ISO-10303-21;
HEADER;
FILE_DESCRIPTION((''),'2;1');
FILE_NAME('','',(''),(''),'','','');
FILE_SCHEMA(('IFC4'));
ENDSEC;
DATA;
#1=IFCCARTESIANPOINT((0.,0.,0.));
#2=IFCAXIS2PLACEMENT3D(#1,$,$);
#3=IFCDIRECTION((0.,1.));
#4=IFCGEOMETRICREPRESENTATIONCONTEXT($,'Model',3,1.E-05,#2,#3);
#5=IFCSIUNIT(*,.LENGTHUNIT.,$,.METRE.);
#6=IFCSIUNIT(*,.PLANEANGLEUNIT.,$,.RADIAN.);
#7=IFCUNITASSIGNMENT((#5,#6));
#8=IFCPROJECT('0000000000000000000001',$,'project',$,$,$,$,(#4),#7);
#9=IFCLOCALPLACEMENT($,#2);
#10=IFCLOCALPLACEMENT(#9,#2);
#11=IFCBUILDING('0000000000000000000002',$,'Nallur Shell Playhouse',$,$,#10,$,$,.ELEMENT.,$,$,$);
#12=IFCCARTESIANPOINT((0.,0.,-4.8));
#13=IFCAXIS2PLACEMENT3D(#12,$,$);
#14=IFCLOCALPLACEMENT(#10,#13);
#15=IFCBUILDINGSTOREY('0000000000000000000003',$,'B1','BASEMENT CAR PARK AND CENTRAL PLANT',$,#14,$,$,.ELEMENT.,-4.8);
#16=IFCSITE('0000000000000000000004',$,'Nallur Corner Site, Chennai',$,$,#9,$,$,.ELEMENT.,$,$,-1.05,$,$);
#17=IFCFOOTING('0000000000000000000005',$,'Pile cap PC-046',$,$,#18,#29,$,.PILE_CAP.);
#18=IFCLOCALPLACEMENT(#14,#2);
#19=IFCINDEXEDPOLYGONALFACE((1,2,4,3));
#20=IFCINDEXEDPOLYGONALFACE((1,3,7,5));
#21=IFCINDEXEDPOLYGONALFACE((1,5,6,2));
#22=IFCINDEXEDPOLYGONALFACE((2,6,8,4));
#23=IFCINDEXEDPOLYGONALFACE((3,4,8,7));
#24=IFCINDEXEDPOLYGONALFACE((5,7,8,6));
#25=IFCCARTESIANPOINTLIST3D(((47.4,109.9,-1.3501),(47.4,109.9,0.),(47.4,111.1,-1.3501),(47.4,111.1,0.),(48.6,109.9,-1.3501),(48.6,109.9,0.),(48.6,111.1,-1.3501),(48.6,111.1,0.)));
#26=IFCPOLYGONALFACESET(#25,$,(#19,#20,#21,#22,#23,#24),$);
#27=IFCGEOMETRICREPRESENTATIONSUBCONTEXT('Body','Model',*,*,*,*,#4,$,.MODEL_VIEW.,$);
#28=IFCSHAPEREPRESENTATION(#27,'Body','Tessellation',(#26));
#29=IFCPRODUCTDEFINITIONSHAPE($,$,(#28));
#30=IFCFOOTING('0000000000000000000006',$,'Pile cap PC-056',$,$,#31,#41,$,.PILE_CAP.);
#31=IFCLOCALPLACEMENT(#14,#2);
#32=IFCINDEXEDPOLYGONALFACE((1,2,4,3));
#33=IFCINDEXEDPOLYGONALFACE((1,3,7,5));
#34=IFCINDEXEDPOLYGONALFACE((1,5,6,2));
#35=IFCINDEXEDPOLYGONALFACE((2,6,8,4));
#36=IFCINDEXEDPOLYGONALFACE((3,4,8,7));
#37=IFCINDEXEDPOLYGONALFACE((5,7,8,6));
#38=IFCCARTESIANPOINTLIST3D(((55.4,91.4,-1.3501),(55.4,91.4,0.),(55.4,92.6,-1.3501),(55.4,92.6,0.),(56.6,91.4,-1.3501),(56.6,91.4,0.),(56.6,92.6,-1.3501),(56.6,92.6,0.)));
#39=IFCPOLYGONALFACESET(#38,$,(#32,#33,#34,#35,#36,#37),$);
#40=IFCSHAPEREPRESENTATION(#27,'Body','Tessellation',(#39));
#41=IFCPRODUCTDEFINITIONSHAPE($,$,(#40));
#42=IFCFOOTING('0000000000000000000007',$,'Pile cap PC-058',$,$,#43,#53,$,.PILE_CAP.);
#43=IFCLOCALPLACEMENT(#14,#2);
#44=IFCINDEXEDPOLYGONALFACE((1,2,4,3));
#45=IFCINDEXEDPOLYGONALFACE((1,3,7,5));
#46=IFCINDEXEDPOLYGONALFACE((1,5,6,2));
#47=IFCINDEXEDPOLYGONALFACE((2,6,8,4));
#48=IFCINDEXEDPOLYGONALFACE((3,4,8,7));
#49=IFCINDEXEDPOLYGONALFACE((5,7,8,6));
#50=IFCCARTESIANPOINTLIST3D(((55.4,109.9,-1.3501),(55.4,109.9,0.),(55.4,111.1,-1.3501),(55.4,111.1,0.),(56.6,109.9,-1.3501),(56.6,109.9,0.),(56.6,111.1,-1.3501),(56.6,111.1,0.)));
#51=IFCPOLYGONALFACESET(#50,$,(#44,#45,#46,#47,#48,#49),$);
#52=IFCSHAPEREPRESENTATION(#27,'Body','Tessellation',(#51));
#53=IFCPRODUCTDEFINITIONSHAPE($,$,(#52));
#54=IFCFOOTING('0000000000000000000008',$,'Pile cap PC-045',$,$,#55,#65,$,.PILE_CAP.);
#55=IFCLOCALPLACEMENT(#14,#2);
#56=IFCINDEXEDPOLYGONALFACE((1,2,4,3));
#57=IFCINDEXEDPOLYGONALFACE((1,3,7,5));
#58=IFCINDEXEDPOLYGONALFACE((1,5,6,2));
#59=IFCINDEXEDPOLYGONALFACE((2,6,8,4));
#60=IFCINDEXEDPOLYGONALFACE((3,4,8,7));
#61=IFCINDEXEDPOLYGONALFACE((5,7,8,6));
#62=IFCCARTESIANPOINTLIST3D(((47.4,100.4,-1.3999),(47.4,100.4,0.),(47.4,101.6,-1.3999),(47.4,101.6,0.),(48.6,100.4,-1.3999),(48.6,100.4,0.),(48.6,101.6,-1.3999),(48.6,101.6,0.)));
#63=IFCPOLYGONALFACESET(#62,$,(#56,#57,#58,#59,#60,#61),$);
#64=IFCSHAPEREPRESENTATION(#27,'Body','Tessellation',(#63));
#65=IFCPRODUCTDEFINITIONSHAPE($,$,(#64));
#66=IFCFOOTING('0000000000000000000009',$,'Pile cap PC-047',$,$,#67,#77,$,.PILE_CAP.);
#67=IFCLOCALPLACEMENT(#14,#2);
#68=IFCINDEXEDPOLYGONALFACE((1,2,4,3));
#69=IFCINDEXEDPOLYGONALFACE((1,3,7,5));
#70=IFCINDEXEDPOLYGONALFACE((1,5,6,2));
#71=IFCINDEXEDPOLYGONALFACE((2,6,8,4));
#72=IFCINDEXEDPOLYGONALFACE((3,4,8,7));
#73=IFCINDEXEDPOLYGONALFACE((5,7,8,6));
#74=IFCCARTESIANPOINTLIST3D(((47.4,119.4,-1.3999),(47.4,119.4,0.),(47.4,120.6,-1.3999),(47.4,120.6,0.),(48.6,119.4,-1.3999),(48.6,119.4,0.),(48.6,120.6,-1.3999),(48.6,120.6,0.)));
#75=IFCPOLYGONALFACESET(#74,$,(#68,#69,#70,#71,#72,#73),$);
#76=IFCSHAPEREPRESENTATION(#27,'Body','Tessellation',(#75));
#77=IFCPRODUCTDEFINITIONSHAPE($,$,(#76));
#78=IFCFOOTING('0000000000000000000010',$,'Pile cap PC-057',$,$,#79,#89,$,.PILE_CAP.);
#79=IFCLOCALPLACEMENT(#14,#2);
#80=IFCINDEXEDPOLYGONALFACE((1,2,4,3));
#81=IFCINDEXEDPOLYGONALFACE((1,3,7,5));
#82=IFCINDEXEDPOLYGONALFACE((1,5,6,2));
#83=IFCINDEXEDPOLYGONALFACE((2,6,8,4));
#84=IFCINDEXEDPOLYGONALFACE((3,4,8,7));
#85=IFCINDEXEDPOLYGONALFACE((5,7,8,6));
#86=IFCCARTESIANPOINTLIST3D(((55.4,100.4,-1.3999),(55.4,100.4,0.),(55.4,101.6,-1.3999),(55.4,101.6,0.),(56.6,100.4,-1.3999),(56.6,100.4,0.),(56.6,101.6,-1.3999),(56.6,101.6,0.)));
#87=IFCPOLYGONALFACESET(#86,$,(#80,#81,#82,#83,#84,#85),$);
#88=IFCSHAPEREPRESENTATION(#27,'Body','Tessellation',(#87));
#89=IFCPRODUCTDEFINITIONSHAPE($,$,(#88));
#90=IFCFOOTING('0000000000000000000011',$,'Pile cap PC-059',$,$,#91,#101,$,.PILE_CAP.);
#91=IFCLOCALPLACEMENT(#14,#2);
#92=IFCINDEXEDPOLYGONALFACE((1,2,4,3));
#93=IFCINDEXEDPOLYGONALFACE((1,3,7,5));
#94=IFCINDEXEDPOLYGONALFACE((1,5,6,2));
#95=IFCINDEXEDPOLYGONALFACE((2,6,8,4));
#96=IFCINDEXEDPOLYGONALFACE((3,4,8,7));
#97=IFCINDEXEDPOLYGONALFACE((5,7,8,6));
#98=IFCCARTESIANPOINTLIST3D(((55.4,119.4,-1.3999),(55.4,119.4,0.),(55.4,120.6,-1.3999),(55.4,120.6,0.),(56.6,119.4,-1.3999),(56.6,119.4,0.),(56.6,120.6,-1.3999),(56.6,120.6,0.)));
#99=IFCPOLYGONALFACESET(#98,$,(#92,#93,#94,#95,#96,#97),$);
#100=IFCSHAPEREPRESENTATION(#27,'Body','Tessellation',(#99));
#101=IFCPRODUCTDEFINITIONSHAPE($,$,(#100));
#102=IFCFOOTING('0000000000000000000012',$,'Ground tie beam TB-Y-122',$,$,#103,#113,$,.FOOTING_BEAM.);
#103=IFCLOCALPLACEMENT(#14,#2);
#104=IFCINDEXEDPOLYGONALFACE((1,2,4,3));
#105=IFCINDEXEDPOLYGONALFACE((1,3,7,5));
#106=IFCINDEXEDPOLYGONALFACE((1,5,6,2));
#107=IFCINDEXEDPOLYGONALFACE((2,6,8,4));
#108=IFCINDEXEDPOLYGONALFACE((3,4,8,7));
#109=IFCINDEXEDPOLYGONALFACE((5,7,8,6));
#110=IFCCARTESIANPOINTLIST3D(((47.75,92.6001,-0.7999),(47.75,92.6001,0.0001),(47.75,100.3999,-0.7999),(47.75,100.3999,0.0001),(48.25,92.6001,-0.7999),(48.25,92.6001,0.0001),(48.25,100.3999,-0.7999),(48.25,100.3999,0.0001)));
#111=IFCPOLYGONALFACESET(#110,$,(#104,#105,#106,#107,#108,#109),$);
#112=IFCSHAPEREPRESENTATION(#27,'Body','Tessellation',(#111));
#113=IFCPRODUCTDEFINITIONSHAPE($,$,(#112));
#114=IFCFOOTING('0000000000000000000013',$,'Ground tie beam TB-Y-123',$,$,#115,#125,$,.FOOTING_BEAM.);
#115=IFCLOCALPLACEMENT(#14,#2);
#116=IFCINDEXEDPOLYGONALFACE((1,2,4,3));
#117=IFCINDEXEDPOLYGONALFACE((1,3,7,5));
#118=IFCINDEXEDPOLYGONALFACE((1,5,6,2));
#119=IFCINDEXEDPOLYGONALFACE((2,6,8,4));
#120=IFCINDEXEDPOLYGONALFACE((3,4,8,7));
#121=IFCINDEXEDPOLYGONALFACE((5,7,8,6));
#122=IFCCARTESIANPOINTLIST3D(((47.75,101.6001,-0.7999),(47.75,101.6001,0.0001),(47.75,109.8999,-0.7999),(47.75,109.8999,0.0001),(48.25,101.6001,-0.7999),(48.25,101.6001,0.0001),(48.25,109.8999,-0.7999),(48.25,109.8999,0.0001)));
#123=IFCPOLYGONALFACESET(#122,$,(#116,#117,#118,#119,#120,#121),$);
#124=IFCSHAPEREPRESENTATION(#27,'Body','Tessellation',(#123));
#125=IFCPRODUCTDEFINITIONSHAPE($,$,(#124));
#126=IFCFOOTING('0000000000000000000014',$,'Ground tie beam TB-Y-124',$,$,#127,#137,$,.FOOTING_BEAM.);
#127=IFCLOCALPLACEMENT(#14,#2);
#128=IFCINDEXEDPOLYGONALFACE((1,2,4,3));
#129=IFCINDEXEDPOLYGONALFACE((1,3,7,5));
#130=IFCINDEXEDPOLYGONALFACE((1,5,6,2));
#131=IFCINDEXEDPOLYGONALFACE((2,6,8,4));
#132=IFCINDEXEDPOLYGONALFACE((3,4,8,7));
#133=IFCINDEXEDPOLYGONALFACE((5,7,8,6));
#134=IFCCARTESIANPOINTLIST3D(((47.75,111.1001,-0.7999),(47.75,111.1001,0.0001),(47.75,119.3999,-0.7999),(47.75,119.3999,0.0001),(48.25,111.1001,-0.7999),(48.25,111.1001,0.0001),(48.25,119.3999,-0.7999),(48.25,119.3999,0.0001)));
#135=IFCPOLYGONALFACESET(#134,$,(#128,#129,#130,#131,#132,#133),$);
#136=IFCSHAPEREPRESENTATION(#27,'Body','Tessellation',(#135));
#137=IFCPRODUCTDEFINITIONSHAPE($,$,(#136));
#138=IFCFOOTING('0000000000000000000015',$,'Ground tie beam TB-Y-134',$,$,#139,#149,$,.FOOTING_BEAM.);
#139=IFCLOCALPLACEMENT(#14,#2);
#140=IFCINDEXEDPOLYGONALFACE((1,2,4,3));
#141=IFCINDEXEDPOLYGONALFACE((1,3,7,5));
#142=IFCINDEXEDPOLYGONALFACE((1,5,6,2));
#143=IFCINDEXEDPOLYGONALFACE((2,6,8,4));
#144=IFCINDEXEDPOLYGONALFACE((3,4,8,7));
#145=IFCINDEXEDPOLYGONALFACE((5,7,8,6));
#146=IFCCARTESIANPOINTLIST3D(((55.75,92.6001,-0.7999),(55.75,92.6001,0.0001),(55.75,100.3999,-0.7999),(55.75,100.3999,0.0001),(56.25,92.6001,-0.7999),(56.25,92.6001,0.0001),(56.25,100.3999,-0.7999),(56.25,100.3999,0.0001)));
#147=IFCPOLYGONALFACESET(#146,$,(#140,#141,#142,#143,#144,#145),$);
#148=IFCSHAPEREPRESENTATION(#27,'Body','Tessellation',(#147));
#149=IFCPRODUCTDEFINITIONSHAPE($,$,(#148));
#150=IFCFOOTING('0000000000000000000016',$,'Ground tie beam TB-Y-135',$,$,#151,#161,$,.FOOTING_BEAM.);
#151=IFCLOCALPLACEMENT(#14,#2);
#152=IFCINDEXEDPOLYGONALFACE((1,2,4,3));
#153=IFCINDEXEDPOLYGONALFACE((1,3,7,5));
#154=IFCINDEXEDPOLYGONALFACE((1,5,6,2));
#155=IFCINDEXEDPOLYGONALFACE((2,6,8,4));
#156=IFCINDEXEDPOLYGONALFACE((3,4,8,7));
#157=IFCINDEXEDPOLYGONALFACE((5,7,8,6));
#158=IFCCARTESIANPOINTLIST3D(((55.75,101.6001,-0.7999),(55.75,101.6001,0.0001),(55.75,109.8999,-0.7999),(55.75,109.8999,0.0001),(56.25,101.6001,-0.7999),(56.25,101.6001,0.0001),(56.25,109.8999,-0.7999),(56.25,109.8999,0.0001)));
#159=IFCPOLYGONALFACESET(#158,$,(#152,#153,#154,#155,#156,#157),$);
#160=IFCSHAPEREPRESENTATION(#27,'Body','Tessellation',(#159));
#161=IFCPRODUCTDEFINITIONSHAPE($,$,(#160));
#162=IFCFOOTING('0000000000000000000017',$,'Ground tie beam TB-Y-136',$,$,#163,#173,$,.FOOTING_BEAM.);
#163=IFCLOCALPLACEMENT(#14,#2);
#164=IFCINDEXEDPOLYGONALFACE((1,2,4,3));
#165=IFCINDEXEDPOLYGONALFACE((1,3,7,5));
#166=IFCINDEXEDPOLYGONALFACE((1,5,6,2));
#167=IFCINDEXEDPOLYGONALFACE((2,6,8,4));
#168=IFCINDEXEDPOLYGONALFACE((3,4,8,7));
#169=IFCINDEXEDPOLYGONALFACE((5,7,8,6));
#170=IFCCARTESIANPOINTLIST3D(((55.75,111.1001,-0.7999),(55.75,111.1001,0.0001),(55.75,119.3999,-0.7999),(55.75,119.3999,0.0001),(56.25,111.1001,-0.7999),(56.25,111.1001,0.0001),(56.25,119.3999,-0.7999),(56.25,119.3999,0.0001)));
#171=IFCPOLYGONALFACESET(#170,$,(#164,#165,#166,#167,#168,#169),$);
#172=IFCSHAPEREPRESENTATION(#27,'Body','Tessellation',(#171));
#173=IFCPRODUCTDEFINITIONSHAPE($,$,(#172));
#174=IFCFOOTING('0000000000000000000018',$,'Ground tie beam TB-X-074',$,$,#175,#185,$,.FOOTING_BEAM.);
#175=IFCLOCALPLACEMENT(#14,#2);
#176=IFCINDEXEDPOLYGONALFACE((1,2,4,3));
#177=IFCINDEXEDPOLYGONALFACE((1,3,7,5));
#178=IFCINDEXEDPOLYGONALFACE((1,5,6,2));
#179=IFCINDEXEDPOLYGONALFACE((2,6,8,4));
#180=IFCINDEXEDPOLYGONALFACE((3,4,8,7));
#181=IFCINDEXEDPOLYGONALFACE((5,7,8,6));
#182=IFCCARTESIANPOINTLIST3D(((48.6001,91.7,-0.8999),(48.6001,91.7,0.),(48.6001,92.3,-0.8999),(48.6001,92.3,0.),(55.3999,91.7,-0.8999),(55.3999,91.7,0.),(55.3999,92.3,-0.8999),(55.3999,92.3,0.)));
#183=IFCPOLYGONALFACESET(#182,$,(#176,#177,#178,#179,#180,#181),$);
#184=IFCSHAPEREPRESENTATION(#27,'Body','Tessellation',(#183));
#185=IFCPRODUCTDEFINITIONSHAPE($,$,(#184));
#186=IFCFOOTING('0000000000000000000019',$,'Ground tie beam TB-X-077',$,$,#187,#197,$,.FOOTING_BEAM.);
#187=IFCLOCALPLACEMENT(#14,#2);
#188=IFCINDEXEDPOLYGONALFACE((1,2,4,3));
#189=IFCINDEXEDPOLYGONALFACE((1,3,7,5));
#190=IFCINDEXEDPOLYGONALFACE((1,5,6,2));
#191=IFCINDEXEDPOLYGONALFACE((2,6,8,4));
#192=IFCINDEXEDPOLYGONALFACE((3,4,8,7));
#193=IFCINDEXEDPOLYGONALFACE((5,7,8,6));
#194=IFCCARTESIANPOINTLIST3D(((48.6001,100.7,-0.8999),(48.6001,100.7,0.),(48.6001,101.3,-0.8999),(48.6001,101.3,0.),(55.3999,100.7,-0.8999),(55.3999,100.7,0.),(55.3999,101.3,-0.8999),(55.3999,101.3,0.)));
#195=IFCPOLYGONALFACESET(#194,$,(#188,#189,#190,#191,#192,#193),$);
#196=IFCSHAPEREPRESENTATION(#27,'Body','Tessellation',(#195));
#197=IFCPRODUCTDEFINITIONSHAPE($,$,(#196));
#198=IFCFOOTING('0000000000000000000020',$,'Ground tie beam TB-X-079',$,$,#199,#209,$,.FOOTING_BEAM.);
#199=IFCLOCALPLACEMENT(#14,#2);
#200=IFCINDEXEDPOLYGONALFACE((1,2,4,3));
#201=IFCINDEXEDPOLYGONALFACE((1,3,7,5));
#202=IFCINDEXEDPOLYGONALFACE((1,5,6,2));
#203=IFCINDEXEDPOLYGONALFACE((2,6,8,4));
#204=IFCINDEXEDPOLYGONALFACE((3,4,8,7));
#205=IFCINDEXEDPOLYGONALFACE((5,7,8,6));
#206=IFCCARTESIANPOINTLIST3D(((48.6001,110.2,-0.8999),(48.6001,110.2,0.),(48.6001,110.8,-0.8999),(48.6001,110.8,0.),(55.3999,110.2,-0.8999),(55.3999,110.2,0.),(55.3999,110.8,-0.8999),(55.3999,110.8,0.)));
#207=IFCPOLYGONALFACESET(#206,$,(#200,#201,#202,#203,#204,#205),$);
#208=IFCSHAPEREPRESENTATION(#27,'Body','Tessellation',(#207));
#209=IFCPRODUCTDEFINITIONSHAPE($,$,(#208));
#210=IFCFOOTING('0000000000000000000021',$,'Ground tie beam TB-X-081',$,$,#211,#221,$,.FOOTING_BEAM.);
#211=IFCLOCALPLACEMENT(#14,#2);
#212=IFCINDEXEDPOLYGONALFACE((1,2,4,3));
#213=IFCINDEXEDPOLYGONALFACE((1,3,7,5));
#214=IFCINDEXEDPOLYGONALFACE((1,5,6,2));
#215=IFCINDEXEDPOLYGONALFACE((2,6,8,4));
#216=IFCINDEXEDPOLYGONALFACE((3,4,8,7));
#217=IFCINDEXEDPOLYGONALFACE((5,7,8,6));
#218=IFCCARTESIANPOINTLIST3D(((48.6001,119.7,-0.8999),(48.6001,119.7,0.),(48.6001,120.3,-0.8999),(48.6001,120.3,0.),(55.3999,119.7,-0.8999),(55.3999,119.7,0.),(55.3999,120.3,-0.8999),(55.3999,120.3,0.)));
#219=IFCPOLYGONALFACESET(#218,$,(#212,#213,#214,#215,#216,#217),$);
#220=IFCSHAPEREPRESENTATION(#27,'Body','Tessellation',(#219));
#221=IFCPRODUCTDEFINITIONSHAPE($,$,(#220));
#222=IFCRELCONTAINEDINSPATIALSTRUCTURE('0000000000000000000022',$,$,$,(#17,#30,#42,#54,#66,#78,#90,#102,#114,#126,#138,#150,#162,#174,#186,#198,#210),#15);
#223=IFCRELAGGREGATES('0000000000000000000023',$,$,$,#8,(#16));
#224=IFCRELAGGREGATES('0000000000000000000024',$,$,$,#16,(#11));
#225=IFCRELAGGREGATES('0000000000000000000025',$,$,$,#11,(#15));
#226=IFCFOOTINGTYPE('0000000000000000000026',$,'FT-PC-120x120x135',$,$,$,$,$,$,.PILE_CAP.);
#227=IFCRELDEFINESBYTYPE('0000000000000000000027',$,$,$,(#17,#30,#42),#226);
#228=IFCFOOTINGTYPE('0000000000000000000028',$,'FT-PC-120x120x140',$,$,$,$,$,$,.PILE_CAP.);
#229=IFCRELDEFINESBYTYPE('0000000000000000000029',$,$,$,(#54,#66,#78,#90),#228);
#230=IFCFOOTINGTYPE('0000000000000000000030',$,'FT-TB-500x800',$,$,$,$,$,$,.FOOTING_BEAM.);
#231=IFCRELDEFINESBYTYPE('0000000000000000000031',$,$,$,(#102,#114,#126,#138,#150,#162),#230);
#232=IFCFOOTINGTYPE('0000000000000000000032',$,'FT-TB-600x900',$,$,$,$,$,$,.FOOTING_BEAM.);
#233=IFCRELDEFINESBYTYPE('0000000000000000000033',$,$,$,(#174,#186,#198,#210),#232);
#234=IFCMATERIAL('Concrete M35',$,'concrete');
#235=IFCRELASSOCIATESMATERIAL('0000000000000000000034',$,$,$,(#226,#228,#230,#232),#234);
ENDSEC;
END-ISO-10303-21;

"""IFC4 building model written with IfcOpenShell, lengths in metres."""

from ifc_helpers import new_model, si_unit, direction, frame, origin, origin_2d, place, context, subcontext, project, spatial, rectangle, extrude, material, material_profile, profile_set, type_object, element, save


model = new_model("IFC4")

# Units and contexts
model_context = context("Model", 3, precision=1e-05, world=origin(), true_north=direction((0.0, 1.0)))
body_context = subcontext(model_context, "Body", "Model", "MODEL_VIEW")
ifc_project = project(units=[si_unit("LENGTHUNIT", "METRE"), si_unit("PLANEANGLEUNIT", "RADIAN")], contexts=[model_context])

# Site, building, storey
site_placement = place(None, origin())
site = spatial("IfcSite", under=ifc_project, at=site_placement, Name="Nallur Corner Site, Chennai", CompositionType="ELEMENT", RefElevation=-1.05)
building_placement = place(site_placement, origin())
building = spatial("IfcBuilding", under=site, at=building_placement, Name="Nallur Shell Playhouse", CompositionType="ELEMENT")
storey_placement = place(building_placement, frame((0.0, 0.0, -4.8)))
storey = spatial("IfcBuildingStorey", under=building, at=storey_placement, Name="B1", Description="BASEMENT CAR PARK AND CENTRAL PLANT", CompositionType="ELEMENT", Elevation=-4.8)

# Footings
ifc_material = material(Name="Concrete M35", Category="concrete")
footing_type_1 = type_object("IfcFootingType", Name="FT-PC-120x120x135", PredefinedType="PILE_CAP", material=ifc_material)
for number, where, z_axis, x_axis, name in (
    (1, (48.0, 110.5, -1.3501), (0.0, 0.0, 1.0), (1.0, 0.0, 0.0), "Pile cap PC-046"),
    (2, (56.0, 92.0, -1.3501), (0.0, 0.0, 1.0), (1.0, 0.0, 0.0), "Pile cap PC-056"),
    (3, (56.0, 110.5, -1.3501), (0.0, 0.0, 1.0), (1.0, 0.0, 0.0), "Pile cap PC-058"),
):
    element("IfcFooting", number, at=place(storey_placement, frame(where, z_axis=z_axis, x_axis=x_axis)), inside=storey, type_object=footing_type_1, Name=name, PredefinedType="PILE_CAP", context=body_context, shape_type="SweptSolid", body=[
        extrude(rectangle(XDim=1.2, YDim=1.2, at=origin_2d()), origin(), (0.0, 0.0, 1.0), 1.3501),
    ])
footing_type_2 = type_object("IfcFootingType", Name="FT-PC-120x120x140", PredefinedType="PILE_CAP", material=ifc_material)
for number, where, z_axis, x_axis, name in (
    (4, (48.0, 101.0, -1.3999), (0.0, 0.0, 1.0), (1.0, 0.0, 0.0), "Pile cap PC-045"),
    (5, (48.0, 120.0, -1.3999), (0.0, 0.0, 1.0), (1.0, 0.0, 0.0), "Pile cap PC-047"),
    (6, (56.0, 101.0, -1.3999), (0.0, 0.0, 1.0), (1.0, 0.0, 0.0), "Pile cap PC-057"),
    (7, (56.0, 120.0, -1.3999), (0.0, 0.0, 1.0), (1.0, 0.0, 0.0), "Pile cap PC-059"),
):
    element("IfcFooting", number, at=place(storey_placement, frame(where, z_axis=z_axis, x_axis=x_axis)), inside=storey, type_object=footing_type_2, Name=name, PredefinedType="PILE_CAP", context=body_context, shape_type="SweptSolid", body=[
        extrude(rectangle(XDim=1.2, YDim=1.2, at=origin_2d()), origin(), (0.0, 0.0, 1.0), 1.3999),
    ])
ifc_material_profile_1 = material_profile(ifc_material, rectangle(XDim=0.5, YDim=0.8, at=origin_2d()), Name="RC 500x800")
ifc_profile_set_1 = profile_set([ifc_material_profile_1], Name="Concrete M35")
footing_type_3 = type_object("IfcFootingType", Name="FT-TB-500x800", PredefinedType="FOOTING_BEAM", material=ifc_profile_set_1)
footing_1_placement = place(storey_placement, frame((48.0, 92.6001, -0.3999), z_axis=(0.0, 1.0, 0.0), x_axis=(-1.0, 0.0, 0.0)))
element("IfcFooting", 8, at=footing_1_placement, inside=storey, type_object=footing_type_3, Name="Ground tie beam TB-Y-122", PredefinedType="FOOTING_BEAM", context=body_context, shape_type="SweptSolid", body=[
    extrude(rectangle(XDim=0.5, YDim=0.8, at=origin_2d()), origin(), (0.0, 0.0, 1.0), 7.7998),
])
for number, where, z_axis, x_axis, name in (
    (9, (48.0, 101.6001, -0.3999), (0.0, 1.0, 0.0), (-1.0, 0.0, 0.0), "Ground tie beam TB-Y-123"),
    (10, (48.0, 111.1001, -0.3999), (0.0, 1.0, 0.0), (-1.0, 0.0, 0.0), "Ground tie beam TB-Y-124"),
):
    element("IfcFooting", number, at=place(storey_placement, frame(where, z_axis=z_axis, x_axis=x_axis)), inside=storey, type_object=footing_type_3, Name=name, PredefinedType="FOOTING_BEAM", context=body_context, shape_type="SweptSolid", body=[
        extrude(rectangle(XDim=0.5, YDim=0.8, at=origin_2d()), origin(), (0.0, 0.0, 1.0), 8.2998),
    ])
footing_2_placement = place(storey_placement, frame((56.0, 92.6001, -0.3999), z_axis=(0.0, 1.0, 0.0), x_axis=(-1.0, 0.0, 0.0)))
element("IfcFooting", 11, at=footing_2_placement, inside=storey, type_object=footing_type_3, Name="Ground tie beam TB-Y-134", PredefinedType="FOOTING_BEAM", context=body_context, shape_type="SweptSolid", body=[
    extrude(rectangle(XDim=0.5, YDim=0.8, at=origin_2d()), origin(), (0.0, 0.0, 1.0), 7.7998),
])
for number, where, z_axis, x_axis, name in (
    (12, (56.0, 101.6001, -0.3999), (0.0, 1.0, 0.0), (-1.0, 0.0, 0.0), "Ground tie beam TB-Y-135"),
    (13, (56.0, 111.1001, -0.3999), (0.0, 1.0, 0.0), (-1.0, 0.0, 0.0), "Ground tie beam TB-Y-136"),
):
    element("IfcFooting", number, at=place(storey_placement, frame(where, z_axis=z_axis, x_axis=x_axis)), inside=storey, type_object=footing_type_3, Name=name, PredefinedType="FOOTING_BEAM", context=body_context, shape_type="SweptSolid", body=[
        extrude(rectangle(XDim=0.5, YDim=0.8, at=origin_2d()), origin(), (0.0, 0.0, 1.0), 8.2998),
    ])
ifc_material_profile_2 = material_profile(ifc_material, rectangle(XDim=0.6001, YDim=0.8999, at=origin_2d()), Name="RC 600x900")
ifc_profile_set_2 = profile_set([ifc_material_profile_2], Name="Concrete M35")
footing_type_4 = type_object("IfcFootingType", Name="FT-TB-600x900", PredefinedType="FOOTING_BEAM", material=ifc_profile_set_2)
for number, where, z_axis, x_axis, name in (
    (14, (48.6001, 92.0, -0.45), (1.0, 0.0, 0.0), (0.0, 1.0, 0.0), "Ground tie beam TB-X-074"),
    (15, (48.6001, 101.0, -0.45), (1.0, 0.0, 0.0), (0.0, 1.0, 0.0), "Ground tie beam TB-X-077"),
    (16, (48.6001, 110.5, -0.45), (1.0, 0.0, 0.0), (0.0, 1.0, 0.0), "Ground tie beam TB-X-079"),
    (17, (48.6001, 120.0, -0.45), (1.0, 0.0, 0.0), (0.0, 1.0, 0.0), "Ground tie beam TB-X-081"),
):
    element("IfcFooting", number, at=place(storey_placement, frame(where, z_axis=z_axis, x_axis=x_axis)), inside=storey, type_object=footing_type_4, Name=name, PredefinedType="FOOTING_BEAM", context=body_context, shape_type="SweptSolid", body=[
        extrude(rectangle(XDim=0.6001, YDim=0.8999, at=origin_2d()), origin(), (0.0, 0.0, 1.0), 6.7998),
    ])

save(model, "model.ifc")
